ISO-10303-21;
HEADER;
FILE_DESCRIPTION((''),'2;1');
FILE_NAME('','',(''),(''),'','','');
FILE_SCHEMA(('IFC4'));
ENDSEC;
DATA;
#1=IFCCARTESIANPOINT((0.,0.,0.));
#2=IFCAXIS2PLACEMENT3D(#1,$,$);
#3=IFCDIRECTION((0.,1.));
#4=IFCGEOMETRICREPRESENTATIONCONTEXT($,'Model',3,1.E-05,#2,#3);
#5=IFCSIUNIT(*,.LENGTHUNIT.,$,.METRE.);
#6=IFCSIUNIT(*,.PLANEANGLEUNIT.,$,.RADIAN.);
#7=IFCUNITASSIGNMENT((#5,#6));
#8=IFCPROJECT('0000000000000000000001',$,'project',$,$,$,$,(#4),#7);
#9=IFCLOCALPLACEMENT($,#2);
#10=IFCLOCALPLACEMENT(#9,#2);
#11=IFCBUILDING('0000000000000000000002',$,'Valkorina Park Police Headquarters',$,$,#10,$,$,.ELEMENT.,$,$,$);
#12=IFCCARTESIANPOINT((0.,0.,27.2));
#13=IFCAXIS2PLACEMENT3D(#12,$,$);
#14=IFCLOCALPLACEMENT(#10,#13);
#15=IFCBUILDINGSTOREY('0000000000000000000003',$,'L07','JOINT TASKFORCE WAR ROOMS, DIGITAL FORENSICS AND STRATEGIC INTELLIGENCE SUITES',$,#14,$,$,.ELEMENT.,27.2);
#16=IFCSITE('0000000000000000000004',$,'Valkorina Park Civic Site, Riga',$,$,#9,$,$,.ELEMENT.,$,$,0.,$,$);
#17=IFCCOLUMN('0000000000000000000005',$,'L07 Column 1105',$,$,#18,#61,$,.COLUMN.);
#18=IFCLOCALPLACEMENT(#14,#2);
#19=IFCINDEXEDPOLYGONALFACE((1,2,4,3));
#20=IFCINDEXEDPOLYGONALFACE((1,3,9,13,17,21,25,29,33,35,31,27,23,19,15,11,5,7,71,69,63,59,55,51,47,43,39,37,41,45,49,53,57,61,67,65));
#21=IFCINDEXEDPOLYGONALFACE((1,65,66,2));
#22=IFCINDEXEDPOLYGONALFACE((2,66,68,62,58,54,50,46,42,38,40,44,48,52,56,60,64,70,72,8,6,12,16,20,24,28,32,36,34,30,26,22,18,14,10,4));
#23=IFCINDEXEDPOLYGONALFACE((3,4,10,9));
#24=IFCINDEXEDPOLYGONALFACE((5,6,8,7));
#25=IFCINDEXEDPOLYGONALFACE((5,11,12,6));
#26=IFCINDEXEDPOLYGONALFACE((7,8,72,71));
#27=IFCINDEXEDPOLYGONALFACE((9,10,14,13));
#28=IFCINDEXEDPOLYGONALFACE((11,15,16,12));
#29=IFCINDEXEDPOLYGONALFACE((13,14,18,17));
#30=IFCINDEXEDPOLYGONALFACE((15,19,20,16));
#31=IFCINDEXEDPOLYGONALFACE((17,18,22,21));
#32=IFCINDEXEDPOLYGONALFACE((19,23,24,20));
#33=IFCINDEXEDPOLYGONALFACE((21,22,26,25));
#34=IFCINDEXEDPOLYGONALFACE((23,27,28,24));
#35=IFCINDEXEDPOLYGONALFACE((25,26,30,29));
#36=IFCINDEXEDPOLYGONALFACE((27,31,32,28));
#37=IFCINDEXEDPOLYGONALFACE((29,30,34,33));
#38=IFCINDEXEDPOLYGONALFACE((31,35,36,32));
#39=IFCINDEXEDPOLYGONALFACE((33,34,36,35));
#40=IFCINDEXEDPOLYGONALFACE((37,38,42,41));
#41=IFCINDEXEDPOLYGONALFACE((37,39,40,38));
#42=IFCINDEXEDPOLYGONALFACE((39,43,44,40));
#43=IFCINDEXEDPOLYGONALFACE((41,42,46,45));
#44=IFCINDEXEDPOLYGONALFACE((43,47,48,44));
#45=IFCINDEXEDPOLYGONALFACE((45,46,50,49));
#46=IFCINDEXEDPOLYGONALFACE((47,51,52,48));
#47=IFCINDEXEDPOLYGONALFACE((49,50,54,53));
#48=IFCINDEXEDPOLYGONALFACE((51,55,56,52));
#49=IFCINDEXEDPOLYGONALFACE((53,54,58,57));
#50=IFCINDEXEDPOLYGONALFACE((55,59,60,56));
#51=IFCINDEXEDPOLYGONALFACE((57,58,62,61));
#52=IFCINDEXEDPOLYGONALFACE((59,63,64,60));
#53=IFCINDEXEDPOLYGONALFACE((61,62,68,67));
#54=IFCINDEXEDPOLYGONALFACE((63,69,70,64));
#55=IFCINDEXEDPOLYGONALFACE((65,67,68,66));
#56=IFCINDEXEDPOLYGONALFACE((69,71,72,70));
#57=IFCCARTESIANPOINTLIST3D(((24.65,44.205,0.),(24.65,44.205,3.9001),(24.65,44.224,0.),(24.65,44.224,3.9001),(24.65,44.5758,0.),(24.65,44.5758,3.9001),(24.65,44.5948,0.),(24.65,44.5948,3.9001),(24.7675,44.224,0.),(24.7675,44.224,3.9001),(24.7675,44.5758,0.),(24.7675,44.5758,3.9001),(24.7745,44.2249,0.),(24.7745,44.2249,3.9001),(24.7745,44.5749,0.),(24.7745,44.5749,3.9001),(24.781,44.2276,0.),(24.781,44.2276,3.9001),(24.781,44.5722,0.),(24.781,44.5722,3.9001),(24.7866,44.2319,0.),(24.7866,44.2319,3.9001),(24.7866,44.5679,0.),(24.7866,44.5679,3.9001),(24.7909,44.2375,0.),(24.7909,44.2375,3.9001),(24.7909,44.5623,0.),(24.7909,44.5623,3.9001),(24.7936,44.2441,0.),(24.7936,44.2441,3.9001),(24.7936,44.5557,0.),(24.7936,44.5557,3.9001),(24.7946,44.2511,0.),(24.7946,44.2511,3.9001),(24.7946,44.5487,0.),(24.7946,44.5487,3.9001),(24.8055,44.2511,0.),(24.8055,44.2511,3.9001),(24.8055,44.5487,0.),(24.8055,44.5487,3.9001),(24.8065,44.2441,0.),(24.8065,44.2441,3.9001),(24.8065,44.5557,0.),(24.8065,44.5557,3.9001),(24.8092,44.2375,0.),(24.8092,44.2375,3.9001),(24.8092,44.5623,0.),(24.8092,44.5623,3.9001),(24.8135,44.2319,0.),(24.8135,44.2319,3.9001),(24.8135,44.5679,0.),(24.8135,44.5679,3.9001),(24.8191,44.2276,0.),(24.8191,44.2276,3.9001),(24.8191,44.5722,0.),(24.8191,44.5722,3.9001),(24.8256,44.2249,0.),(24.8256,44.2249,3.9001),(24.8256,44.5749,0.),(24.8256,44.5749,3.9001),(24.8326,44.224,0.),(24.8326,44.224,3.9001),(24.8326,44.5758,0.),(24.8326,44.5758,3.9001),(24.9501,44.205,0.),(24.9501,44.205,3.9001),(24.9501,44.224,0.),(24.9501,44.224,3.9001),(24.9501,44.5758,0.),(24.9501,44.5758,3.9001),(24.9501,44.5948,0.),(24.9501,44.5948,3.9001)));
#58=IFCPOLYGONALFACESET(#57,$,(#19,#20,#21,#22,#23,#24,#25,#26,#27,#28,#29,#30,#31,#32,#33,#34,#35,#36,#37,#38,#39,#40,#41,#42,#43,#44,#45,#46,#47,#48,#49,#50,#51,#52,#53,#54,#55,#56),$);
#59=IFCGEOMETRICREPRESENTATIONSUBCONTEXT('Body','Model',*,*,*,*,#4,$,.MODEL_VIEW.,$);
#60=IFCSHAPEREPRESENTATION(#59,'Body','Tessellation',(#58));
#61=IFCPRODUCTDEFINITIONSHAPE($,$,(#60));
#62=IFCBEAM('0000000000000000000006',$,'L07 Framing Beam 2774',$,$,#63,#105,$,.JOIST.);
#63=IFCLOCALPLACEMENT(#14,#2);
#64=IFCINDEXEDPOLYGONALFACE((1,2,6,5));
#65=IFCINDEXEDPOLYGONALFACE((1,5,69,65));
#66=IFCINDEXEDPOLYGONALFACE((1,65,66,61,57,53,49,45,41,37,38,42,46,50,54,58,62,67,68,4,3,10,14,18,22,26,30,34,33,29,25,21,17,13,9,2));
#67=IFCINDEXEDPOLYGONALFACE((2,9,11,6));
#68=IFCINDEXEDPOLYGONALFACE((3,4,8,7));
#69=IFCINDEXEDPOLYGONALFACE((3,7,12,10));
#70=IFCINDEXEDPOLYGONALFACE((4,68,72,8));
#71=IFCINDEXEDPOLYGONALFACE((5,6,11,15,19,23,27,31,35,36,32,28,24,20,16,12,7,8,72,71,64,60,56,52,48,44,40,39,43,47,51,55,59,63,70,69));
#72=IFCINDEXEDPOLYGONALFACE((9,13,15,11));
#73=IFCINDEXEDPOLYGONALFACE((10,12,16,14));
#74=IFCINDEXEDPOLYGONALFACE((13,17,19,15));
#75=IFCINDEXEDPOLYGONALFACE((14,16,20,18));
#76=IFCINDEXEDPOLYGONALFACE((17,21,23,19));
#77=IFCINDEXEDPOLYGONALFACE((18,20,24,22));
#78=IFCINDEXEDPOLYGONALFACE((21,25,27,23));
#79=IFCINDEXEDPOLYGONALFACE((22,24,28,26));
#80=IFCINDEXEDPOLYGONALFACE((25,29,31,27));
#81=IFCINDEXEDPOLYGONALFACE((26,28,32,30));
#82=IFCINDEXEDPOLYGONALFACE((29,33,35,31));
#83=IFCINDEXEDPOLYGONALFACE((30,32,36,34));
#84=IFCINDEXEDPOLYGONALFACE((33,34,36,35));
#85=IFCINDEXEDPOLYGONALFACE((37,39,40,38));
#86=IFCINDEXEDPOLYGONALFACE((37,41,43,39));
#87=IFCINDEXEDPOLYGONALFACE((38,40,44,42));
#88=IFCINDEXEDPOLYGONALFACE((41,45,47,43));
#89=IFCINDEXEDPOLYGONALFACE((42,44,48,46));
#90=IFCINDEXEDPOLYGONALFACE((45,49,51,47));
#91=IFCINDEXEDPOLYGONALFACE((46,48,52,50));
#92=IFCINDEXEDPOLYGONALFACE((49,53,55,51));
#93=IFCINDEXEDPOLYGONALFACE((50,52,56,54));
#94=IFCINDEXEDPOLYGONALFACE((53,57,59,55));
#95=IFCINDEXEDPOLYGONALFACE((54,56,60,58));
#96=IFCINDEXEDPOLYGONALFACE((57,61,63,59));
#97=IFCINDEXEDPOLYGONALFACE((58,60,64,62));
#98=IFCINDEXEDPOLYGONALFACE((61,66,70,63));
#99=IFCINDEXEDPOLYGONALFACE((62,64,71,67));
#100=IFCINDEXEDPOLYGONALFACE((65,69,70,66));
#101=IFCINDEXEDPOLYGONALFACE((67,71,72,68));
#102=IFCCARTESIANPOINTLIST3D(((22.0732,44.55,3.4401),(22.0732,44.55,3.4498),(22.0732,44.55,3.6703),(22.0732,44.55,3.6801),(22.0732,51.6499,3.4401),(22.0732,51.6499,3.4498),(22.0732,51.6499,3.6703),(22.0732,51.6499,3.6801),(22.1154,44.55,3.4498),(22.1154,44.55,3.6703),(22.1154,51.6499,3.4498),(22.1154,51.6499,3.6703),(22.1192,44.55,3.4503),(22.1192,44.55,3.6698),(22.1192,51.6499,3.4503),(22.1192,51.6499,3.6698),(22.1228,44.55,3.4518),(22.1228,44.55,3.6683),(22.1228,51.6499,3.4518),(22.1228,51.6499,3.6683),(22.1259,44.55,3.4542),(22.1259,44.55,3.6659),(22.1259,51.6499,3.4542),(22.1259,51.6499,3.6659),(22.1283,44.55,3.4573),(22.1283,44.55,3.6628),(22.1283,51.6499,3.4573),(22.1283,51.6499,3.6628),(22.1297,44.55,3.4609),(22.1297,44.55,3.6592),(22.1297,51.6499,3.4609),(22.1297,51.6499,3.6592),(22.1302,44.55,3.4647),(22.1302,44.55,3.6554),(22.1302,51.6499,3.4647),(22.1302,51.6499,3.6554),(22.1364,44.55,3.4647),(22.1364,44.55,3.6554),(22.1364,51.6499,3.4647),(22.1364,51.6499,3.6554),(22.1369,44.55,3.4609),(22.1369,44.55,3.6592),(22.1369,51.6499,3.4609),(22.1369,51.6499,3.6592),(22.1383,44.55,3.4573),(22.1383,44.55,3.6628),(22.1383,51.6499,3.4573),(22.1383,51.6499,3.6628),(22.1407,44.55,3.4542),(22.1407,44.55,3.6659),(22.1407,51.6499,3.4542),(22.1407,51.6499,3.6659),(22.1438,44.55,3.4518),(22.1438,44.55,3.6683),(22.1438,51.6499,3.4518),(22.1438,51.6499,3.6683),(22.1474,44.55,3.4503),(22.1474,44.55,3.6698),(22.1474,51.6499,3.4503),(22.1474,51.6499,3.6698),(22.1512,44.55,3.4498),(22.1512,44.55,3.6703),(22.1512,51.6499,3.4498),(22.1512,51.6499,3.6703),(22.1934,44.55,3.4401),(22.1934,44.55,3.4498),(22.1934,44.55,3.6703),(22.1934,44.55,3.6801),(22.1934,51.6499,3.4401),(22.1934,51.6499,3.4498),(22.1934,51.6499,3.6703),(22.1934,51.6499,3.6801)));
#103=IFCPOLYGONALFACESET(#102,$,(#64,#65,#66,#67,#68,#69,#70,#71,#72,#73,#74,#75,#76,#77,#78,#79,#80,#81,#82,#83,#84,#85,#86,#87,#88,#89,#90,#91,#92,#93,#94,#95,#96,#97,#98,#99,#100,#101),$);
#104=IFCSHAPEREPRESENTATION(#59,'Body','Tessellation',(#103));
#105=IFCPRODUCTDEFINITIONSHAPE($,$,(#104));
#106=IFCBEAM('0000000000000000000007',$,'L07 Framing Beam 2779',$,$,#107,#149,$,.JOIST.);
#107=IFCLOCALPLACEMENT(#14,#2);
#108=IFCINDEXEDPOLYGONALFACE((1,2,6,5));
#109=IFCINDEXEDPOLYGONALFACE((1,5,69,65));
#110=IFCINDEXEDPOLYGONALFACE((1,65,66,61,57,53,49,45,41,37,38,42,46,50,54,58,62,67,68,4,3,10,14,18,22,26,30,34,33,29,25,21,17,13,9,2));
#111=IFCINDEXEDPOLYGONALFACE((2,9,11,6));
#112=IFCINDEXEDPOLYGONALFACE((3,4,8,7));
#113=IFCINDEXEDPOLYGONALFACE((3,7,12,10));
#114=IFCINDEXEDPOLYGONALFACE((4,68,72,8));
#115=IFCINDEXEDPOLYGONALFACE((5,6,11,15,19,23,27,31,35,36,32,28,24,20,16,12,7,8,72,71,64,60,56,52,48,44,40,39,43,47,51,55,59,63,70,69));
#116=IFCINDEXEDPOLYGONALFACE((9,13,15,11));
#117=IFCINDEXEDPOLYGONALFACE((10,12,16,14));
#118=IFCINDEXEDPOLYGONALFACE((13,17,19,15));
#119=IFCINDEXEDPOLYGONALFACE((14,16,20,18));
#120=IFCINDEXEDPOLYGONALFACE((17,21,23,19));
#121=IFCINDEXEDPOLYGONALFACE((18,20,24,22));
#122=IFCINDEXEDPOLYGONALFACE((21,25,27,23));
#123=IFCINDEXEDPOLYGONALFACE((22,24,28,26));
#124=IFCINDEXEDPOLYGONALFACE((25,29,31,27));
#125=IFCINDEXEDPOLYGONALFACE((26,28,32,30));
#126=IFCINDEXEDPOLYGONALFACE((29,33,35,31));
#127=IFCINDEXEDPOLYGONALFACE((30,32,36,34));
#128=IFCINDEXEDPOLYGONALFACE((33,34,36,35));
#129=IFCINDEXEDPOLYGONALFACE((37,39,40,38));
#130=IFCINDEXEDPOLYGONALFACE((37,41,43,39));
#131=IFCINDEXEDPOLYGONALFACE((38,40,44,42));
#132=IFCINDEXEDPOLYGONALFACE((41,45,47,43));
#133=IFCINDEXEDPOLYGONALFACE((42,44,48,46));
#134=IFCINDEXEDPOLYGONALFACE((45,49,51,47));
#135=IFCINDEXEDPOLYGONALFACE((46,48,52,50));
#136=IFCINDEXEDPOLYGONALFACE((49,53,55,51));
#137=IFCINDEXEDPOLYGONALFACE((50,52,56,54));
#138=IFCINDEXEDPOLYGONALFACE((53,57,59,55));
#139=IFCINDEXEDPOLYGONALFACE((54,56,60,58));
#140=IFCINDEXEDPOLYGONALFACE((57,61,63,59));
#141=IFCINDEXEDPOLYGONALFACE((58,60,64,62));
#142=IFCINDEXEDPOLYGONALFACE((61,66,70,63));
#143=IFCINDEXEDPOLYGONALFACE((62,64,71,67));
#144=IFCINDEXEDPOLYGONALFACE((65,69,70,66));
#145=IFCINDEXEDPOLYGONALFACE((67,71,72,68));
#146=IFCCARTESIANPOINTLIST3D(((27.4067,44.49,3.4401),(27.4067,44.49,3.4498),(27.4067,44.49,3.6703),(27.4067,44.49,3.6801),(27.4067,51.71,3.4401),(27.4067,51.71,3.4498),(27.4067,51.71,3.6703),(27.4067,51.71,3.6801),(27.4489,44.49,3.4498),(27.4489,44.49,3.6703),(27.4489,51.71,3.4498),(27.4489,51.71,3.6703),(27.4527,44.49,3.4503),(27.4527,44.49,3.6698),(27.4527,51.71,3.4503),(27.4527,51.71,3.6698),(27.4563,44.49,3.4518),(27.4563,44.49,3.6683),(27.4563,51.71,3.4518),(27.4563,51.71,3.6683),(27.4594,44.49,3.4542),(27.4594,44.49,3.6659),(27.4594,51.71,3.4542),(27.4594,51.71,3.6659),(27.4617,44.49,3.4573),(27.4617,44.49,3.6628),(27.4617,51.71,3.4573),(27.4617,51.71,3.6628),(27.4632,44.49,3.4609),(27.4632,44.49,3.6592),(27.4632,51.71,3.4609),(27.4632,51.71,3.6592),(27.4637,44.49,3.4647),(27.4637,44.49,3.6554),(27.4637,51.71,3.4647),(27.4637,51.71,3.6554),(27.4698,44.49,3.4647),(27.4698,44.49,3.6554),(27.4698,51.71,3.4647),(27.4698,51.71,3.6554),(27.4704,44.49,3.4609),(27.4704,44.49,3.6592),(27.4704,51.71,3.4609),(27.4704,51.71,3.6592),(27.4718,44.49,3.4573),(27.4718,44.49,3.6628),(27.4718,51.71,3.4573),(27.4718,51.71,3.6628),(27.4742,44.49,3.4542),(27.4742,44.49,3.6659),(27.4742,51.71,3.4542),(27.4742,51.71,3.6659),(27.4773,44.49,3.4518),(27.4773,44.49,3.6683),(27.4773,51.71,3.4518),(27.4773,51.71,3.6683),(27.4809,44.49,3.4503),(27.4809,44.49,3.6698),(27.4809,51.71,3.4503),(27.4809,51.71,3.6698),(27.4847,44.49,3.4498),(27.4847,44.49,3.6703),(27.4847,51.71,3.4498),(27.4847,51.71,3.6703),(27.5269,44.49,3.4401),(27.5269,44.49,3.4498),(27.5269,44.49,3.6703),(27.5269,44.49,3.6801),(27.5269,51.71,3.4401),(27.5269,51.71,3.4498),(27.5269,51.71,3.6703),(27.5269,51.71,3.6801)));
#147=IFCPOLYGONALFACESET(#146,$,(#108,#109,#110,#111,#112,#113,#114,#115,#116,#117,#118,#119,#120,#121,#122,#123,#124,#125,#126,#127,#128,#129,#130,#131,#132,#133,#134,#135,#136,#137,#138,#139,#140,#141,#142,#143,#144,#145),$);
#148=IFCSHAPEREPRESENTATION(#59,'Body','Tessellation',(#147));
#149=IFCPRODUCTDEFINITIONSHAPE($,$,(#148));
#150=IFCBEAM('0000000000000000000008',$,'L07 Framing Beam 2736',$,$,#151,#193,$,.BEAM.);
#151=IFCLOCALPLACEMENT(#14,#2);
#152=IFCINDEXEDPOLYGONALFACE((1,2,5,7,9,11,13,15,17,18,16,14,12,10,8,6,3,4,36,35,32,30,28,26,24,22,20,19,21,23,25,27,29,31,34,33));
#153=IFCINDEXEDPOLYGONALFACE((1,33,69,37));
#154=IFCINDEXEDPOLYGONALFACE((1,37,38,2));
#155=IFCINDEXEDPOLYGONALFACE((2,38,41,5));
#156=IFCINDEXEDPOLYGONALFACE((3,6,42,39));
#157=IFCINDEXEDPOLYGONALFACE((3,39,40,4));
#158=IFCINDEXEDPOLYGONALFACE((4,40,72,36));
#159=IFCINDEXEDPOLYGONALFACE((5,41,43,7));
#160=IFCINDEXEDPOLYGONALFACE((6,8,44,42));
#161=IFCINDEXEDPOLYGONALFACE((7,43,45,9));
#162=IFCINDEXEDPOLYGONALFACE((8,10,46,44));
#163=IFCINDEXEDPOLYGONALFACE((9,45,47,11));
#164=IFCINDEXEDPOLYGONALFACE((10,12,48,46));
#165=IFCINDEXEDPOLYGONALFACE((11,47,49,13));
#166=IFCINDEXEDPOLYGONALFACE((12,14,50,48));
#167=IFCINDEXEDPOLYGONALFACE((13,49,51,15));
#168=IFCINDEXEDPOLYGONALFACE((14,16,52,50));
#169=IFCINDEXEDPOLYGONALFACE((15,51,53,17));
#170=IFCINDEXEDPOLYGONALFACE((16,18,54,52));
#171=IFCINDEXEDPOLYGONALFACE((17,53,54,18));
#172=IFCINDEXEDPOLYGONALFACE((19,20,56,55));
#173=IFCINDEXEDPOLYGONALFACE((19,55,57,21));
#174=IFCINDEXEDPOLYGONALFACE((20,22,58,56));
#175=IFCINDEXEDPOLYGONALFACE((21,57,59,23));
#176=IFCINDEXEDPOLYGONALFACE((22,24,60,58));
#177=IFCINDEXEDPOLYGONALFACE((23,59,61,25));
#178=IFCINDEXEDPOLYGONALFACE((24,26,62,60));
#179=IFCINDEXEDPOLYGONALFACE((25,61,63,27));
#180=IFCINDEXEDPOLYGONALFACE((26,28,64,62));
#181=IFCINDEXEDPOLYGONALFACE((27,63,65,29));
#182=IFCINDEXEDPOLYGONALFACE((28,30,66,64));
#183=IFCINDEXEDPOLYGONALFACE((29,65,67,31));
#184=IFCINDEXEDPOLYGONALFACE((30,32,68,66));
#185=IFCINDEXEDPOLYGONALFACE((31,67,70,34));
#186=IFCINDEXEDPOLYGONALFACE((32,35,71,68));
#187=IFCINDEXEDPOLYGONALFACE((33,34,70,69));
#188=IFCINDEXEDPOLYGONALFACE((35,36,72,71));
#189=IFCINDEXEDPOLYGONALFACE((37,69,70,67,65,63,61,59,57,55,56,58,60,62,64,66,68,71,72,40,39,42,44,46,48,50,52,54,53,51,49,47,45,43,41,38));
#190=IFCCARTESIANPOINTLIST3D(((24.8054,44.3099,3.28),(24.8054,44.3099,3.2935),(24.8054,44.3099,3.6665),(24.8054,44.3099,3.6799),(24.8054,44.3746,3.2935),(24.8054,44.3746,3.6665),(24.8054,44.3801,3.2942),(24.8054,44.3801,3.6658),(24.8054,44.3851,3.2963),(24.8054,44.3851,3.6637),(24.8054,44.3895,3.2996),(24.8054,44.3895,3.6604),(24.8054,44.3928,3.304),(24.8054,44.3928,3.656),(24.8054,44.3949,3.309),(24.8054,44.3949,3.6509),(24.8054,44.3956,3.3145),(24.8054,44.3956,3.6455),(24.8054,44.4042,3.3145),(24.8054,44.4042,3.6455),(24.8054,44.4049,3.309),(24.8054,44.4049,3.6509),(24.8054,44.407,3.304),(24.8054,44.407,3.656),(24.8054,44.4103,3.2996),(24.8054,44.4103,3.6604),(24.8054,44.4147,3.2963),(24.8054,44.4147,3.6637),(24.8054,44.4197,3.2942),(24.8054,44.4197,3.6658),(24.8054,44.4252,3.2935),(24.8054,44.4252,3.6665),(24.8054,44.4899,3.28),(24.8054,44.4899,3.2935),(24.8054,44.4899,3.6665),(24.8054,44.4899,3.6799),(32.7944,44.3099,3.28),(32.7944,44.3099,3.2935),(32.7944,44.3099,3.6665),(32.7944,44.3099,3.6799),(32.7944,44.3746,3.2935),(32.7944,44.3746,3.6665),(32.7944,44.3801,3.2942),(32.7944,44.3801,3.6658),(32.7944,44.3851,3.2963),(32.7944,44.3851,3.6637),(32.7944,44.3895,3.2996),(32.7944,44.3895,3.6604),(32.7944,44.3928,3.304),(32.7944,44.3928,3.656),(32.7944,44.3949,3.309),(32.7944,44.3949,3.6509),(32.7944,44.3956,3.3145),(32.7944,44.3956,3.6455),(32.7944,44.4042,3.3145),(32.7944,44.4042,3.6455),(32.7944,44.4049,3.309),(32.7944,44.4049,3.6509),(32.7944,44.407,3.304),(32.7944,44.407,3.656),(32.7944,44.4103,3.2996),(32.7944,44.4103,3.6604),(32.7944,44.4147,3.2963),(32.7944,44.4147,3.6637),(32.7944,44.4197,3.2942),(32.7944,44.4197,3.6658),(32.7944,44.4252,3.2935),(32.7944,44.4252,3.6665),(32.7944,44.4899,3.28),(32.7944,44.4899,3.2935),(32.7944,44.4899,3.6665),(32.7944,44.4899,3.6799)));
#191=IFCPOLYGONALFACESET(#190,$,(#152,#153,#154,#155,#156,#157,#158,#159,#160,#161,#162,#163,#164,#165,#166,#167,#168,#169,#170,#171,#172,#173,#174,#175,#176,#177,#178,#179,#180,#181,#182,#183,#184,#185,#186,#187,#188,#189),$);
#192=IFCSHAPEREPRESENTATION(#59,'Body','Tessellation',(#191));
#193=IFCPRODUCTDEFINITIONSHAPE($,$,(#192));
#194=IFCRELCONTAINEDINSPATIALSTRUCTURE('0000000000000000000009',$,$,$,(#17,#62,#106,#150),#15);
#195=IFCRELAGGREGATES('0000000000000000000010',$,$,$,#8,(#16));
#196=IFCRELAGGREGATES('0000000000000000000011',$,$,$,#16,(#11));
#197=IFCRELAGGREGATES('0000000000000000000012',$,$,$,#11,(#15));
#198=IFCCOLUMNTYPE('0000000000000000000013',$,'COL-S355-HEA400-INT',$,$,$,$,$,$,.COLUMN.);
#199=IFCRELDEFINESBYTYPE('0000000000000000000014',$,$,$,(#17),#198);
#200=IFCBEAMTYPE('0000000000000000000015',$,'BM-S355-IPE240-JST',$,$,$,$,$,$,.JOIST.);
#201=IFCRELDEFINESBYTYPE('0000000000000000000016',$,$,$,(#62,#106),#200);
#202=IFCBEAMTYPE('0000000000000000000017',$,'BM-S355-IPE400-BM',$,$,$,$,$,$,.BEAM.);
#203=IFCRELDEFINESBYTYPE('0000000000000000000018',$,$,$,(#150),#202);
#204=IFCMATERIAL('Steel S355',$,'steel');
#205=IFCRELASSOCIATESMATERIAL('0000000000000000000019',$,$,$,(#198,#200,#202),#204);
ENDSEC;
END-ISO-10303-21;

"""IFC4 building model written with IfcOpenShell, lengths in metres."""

from ifc_helpers import new_model, si_unit, direction, frame, origin, origin_2d, place, context, subcontext, project, spatial, i_section, extrude, material, material_profile, profile_set, type_object, element, save


model = new_model("IFC4")

# Units and contexts
model_context = context("Model", 3, precision=1e-05, world=origin(), true_north=direction((0.0, 1.0)))
body_context = subcontext(model_context, "Body", "Model", "MODEL_VIEW")
ifc_project = project(units=[si_unit("LENGTHUNIT", "METRE"), si_unit("PLANEANGLEUNIT", "RADIAN")], contexts=[model_context])

# Site, building, storey
site_placement = place(None, origin())
site = spatial("IfcSite", under=ifc_project, at=site_placement, Name="Valkorina Park Civic Site, Riga", CompositionType="ELEMENT", RefElevation=0.0)
building_placement = place(site_placement, origin())
building = spatial("IfcBuilding", under=site, at=building_placement, Name="Valkorina Park Police Headquarters", CompositionType="ELEMENT")
storey_placement = place(building_placement, frame((0.0, 0.0, 27.2)))
storey = spatial("IfcBuildingStorey", under=building, at=storey_placement, Name="L07", Description="JOINT TASKFORCE WAR ROOMS, DIGITAL FORENSICS AND STRATEGIC INTELLIGENCE SUITES", CompositionType="ELEMENT", Elevation=27.2)

# Column
ifc_material_1 = material(Name="Steel S355", Category="steel")
ifc_material_profile_1 = material_profile(ifc_material_1, i_section(OverallWidth=0.3, OverallDepth=0.3899, WebThickness=0.011, FlangeThickness=0.019, FilletRadius=0.0271, at=origin_2d()), Name="HEA 400")
ifc_profile_set_1 = profile_set([ifc_material_profile_1], Name="Steel S355")
column_type = type_object("IfcColumnType", Name="COL-S355-HEA400-INT", PredefinedType="COLUMN", material=ifc_profile_set_1)
column_placement = place(storey_placement, frame((24.8, 44.3999, 0.0), z_axis=(0.0, 0.0, 1.0), x_axis=(1.0, 0.0, 0.0)))
element("IfcColumn", 1, at=column_placement, inside=storey, type_object=column_type, Name="L07 Column 1105", PredefinedType="COLUMN", context=body_context, shape_type="SweptSolid", body=[
    extrude(i_section(OverallWidth=0.3, OverallDepth=0.3899, WebThickness=0.011, FlangeThickness=0.019, FilletRadius=0.0271, at=origin_2d()), origin(), (0.0, 0.0, 1.0), 3.9001),
])

# Beams
ifc_material_profile_2 = material_profile(ifc_material_1, i_section(OverallWidth=0.1201, OverallDepth=0.24, WebThickness=0.0061, FlangeThickness=0.0098, FilletRadius=0.0149, at=origin_2d()), Name="IPE 240")
ifc_profile_set_2 = profile_set([ifc_material_profile_2], Name="Steel S355")
beam_type_1 = type_object("IfcBeamType", Name="BM-S355-IPE240-JST", PredefinedType="JOIST", material=ifc_profile_set_2)
beam_1_placement = place(storey_placement, frame((22.1333, 44.55, 3.5601), z_axis=(0.0, 1.0, 0.0), x_axis=(-1.0, 0.0, 0.0)))
element("IfcBeam", 2, at=beam_1_placement, inside=storey, type_object=beam_type_1, Name="L07 Framing Beam 2774", PredefinedType="JOIST", context=body_context, shape_type="SweptSolid", body=[
    extrude(i_section(OverallWidth=0.1201, OverallDepth=0.24, WebThickness=0.0061, FlangeThickness=0.0098, FilletRadius=0.0149, at=origin_2d()), origin(), (0.0, 0.0, 1.0), 7.0999),
])
beam_2_placement = place(storey_placement, frame((27.4668, 44.49, 3.5601), z_axis=(0.0, 1.0, 0.0), x_axis=(-1.0, 0.0, 0.0)))
element("IfcBeam", 3, at=beam_2_placement, inside=storey, type_object=beam_type_1, Name="L07 Framing Beam 2779", PredefinedType="JOIST", context=body_context, shape_type="SweptSolid", body=[
    extrude(i_section(OverallWidth=0.1201, OverallDepth=0.24, WebThickness=0.0061, FlangeThickness=0.0098, FilletRadius=0.0149, at=origin_2d()), origin(), (0.0, 0.0, 1.0), 7.22),
])
ifc_material_profile_3 = material_profile(ifc_material_1, i_section(OverallWidth=0.1799, OverallDepth=0.3999, WebThickness=0.0085, FlangeThickness=0.0134, FilletRadius=0.021, at=origin_2d()), Name="IPE 400")
ifc_profile_set_3 = profile_set([ifc_material_profile_3], Name="Steel S355")
beam_type_2 = type_object("IfcBeamType", Name="BM-S355-IPE400-BM", PredefinedType="BEAM", material=ifc_profile_set_3)
beam_3_placement = place(storey_placement, frame((24.8054, 44.3999, 3.48), z_axis=(1.0, 0.0, 0.0), x_axis=(0.0, 1.0, 0.0)))
element("IfcBeam", 4, at=beam_3_placement, inside=storey, type_object=beam_type_2, Name="L07 Framing Beam 2736", PredefinedType="BEAM", context=body_context, shape_type="SweptSolid", body=[
    extrude(i_section(OverallWidth=0.1799, OverallDepth=0.3999, WebThickness=0.0085, FlangeThickness=0.0134, FilletRadius=0.021, at=origin_2d()), origin(), (0.0, 0.0, 1.0), 7.989),
])

save(model, "model.ifc")
